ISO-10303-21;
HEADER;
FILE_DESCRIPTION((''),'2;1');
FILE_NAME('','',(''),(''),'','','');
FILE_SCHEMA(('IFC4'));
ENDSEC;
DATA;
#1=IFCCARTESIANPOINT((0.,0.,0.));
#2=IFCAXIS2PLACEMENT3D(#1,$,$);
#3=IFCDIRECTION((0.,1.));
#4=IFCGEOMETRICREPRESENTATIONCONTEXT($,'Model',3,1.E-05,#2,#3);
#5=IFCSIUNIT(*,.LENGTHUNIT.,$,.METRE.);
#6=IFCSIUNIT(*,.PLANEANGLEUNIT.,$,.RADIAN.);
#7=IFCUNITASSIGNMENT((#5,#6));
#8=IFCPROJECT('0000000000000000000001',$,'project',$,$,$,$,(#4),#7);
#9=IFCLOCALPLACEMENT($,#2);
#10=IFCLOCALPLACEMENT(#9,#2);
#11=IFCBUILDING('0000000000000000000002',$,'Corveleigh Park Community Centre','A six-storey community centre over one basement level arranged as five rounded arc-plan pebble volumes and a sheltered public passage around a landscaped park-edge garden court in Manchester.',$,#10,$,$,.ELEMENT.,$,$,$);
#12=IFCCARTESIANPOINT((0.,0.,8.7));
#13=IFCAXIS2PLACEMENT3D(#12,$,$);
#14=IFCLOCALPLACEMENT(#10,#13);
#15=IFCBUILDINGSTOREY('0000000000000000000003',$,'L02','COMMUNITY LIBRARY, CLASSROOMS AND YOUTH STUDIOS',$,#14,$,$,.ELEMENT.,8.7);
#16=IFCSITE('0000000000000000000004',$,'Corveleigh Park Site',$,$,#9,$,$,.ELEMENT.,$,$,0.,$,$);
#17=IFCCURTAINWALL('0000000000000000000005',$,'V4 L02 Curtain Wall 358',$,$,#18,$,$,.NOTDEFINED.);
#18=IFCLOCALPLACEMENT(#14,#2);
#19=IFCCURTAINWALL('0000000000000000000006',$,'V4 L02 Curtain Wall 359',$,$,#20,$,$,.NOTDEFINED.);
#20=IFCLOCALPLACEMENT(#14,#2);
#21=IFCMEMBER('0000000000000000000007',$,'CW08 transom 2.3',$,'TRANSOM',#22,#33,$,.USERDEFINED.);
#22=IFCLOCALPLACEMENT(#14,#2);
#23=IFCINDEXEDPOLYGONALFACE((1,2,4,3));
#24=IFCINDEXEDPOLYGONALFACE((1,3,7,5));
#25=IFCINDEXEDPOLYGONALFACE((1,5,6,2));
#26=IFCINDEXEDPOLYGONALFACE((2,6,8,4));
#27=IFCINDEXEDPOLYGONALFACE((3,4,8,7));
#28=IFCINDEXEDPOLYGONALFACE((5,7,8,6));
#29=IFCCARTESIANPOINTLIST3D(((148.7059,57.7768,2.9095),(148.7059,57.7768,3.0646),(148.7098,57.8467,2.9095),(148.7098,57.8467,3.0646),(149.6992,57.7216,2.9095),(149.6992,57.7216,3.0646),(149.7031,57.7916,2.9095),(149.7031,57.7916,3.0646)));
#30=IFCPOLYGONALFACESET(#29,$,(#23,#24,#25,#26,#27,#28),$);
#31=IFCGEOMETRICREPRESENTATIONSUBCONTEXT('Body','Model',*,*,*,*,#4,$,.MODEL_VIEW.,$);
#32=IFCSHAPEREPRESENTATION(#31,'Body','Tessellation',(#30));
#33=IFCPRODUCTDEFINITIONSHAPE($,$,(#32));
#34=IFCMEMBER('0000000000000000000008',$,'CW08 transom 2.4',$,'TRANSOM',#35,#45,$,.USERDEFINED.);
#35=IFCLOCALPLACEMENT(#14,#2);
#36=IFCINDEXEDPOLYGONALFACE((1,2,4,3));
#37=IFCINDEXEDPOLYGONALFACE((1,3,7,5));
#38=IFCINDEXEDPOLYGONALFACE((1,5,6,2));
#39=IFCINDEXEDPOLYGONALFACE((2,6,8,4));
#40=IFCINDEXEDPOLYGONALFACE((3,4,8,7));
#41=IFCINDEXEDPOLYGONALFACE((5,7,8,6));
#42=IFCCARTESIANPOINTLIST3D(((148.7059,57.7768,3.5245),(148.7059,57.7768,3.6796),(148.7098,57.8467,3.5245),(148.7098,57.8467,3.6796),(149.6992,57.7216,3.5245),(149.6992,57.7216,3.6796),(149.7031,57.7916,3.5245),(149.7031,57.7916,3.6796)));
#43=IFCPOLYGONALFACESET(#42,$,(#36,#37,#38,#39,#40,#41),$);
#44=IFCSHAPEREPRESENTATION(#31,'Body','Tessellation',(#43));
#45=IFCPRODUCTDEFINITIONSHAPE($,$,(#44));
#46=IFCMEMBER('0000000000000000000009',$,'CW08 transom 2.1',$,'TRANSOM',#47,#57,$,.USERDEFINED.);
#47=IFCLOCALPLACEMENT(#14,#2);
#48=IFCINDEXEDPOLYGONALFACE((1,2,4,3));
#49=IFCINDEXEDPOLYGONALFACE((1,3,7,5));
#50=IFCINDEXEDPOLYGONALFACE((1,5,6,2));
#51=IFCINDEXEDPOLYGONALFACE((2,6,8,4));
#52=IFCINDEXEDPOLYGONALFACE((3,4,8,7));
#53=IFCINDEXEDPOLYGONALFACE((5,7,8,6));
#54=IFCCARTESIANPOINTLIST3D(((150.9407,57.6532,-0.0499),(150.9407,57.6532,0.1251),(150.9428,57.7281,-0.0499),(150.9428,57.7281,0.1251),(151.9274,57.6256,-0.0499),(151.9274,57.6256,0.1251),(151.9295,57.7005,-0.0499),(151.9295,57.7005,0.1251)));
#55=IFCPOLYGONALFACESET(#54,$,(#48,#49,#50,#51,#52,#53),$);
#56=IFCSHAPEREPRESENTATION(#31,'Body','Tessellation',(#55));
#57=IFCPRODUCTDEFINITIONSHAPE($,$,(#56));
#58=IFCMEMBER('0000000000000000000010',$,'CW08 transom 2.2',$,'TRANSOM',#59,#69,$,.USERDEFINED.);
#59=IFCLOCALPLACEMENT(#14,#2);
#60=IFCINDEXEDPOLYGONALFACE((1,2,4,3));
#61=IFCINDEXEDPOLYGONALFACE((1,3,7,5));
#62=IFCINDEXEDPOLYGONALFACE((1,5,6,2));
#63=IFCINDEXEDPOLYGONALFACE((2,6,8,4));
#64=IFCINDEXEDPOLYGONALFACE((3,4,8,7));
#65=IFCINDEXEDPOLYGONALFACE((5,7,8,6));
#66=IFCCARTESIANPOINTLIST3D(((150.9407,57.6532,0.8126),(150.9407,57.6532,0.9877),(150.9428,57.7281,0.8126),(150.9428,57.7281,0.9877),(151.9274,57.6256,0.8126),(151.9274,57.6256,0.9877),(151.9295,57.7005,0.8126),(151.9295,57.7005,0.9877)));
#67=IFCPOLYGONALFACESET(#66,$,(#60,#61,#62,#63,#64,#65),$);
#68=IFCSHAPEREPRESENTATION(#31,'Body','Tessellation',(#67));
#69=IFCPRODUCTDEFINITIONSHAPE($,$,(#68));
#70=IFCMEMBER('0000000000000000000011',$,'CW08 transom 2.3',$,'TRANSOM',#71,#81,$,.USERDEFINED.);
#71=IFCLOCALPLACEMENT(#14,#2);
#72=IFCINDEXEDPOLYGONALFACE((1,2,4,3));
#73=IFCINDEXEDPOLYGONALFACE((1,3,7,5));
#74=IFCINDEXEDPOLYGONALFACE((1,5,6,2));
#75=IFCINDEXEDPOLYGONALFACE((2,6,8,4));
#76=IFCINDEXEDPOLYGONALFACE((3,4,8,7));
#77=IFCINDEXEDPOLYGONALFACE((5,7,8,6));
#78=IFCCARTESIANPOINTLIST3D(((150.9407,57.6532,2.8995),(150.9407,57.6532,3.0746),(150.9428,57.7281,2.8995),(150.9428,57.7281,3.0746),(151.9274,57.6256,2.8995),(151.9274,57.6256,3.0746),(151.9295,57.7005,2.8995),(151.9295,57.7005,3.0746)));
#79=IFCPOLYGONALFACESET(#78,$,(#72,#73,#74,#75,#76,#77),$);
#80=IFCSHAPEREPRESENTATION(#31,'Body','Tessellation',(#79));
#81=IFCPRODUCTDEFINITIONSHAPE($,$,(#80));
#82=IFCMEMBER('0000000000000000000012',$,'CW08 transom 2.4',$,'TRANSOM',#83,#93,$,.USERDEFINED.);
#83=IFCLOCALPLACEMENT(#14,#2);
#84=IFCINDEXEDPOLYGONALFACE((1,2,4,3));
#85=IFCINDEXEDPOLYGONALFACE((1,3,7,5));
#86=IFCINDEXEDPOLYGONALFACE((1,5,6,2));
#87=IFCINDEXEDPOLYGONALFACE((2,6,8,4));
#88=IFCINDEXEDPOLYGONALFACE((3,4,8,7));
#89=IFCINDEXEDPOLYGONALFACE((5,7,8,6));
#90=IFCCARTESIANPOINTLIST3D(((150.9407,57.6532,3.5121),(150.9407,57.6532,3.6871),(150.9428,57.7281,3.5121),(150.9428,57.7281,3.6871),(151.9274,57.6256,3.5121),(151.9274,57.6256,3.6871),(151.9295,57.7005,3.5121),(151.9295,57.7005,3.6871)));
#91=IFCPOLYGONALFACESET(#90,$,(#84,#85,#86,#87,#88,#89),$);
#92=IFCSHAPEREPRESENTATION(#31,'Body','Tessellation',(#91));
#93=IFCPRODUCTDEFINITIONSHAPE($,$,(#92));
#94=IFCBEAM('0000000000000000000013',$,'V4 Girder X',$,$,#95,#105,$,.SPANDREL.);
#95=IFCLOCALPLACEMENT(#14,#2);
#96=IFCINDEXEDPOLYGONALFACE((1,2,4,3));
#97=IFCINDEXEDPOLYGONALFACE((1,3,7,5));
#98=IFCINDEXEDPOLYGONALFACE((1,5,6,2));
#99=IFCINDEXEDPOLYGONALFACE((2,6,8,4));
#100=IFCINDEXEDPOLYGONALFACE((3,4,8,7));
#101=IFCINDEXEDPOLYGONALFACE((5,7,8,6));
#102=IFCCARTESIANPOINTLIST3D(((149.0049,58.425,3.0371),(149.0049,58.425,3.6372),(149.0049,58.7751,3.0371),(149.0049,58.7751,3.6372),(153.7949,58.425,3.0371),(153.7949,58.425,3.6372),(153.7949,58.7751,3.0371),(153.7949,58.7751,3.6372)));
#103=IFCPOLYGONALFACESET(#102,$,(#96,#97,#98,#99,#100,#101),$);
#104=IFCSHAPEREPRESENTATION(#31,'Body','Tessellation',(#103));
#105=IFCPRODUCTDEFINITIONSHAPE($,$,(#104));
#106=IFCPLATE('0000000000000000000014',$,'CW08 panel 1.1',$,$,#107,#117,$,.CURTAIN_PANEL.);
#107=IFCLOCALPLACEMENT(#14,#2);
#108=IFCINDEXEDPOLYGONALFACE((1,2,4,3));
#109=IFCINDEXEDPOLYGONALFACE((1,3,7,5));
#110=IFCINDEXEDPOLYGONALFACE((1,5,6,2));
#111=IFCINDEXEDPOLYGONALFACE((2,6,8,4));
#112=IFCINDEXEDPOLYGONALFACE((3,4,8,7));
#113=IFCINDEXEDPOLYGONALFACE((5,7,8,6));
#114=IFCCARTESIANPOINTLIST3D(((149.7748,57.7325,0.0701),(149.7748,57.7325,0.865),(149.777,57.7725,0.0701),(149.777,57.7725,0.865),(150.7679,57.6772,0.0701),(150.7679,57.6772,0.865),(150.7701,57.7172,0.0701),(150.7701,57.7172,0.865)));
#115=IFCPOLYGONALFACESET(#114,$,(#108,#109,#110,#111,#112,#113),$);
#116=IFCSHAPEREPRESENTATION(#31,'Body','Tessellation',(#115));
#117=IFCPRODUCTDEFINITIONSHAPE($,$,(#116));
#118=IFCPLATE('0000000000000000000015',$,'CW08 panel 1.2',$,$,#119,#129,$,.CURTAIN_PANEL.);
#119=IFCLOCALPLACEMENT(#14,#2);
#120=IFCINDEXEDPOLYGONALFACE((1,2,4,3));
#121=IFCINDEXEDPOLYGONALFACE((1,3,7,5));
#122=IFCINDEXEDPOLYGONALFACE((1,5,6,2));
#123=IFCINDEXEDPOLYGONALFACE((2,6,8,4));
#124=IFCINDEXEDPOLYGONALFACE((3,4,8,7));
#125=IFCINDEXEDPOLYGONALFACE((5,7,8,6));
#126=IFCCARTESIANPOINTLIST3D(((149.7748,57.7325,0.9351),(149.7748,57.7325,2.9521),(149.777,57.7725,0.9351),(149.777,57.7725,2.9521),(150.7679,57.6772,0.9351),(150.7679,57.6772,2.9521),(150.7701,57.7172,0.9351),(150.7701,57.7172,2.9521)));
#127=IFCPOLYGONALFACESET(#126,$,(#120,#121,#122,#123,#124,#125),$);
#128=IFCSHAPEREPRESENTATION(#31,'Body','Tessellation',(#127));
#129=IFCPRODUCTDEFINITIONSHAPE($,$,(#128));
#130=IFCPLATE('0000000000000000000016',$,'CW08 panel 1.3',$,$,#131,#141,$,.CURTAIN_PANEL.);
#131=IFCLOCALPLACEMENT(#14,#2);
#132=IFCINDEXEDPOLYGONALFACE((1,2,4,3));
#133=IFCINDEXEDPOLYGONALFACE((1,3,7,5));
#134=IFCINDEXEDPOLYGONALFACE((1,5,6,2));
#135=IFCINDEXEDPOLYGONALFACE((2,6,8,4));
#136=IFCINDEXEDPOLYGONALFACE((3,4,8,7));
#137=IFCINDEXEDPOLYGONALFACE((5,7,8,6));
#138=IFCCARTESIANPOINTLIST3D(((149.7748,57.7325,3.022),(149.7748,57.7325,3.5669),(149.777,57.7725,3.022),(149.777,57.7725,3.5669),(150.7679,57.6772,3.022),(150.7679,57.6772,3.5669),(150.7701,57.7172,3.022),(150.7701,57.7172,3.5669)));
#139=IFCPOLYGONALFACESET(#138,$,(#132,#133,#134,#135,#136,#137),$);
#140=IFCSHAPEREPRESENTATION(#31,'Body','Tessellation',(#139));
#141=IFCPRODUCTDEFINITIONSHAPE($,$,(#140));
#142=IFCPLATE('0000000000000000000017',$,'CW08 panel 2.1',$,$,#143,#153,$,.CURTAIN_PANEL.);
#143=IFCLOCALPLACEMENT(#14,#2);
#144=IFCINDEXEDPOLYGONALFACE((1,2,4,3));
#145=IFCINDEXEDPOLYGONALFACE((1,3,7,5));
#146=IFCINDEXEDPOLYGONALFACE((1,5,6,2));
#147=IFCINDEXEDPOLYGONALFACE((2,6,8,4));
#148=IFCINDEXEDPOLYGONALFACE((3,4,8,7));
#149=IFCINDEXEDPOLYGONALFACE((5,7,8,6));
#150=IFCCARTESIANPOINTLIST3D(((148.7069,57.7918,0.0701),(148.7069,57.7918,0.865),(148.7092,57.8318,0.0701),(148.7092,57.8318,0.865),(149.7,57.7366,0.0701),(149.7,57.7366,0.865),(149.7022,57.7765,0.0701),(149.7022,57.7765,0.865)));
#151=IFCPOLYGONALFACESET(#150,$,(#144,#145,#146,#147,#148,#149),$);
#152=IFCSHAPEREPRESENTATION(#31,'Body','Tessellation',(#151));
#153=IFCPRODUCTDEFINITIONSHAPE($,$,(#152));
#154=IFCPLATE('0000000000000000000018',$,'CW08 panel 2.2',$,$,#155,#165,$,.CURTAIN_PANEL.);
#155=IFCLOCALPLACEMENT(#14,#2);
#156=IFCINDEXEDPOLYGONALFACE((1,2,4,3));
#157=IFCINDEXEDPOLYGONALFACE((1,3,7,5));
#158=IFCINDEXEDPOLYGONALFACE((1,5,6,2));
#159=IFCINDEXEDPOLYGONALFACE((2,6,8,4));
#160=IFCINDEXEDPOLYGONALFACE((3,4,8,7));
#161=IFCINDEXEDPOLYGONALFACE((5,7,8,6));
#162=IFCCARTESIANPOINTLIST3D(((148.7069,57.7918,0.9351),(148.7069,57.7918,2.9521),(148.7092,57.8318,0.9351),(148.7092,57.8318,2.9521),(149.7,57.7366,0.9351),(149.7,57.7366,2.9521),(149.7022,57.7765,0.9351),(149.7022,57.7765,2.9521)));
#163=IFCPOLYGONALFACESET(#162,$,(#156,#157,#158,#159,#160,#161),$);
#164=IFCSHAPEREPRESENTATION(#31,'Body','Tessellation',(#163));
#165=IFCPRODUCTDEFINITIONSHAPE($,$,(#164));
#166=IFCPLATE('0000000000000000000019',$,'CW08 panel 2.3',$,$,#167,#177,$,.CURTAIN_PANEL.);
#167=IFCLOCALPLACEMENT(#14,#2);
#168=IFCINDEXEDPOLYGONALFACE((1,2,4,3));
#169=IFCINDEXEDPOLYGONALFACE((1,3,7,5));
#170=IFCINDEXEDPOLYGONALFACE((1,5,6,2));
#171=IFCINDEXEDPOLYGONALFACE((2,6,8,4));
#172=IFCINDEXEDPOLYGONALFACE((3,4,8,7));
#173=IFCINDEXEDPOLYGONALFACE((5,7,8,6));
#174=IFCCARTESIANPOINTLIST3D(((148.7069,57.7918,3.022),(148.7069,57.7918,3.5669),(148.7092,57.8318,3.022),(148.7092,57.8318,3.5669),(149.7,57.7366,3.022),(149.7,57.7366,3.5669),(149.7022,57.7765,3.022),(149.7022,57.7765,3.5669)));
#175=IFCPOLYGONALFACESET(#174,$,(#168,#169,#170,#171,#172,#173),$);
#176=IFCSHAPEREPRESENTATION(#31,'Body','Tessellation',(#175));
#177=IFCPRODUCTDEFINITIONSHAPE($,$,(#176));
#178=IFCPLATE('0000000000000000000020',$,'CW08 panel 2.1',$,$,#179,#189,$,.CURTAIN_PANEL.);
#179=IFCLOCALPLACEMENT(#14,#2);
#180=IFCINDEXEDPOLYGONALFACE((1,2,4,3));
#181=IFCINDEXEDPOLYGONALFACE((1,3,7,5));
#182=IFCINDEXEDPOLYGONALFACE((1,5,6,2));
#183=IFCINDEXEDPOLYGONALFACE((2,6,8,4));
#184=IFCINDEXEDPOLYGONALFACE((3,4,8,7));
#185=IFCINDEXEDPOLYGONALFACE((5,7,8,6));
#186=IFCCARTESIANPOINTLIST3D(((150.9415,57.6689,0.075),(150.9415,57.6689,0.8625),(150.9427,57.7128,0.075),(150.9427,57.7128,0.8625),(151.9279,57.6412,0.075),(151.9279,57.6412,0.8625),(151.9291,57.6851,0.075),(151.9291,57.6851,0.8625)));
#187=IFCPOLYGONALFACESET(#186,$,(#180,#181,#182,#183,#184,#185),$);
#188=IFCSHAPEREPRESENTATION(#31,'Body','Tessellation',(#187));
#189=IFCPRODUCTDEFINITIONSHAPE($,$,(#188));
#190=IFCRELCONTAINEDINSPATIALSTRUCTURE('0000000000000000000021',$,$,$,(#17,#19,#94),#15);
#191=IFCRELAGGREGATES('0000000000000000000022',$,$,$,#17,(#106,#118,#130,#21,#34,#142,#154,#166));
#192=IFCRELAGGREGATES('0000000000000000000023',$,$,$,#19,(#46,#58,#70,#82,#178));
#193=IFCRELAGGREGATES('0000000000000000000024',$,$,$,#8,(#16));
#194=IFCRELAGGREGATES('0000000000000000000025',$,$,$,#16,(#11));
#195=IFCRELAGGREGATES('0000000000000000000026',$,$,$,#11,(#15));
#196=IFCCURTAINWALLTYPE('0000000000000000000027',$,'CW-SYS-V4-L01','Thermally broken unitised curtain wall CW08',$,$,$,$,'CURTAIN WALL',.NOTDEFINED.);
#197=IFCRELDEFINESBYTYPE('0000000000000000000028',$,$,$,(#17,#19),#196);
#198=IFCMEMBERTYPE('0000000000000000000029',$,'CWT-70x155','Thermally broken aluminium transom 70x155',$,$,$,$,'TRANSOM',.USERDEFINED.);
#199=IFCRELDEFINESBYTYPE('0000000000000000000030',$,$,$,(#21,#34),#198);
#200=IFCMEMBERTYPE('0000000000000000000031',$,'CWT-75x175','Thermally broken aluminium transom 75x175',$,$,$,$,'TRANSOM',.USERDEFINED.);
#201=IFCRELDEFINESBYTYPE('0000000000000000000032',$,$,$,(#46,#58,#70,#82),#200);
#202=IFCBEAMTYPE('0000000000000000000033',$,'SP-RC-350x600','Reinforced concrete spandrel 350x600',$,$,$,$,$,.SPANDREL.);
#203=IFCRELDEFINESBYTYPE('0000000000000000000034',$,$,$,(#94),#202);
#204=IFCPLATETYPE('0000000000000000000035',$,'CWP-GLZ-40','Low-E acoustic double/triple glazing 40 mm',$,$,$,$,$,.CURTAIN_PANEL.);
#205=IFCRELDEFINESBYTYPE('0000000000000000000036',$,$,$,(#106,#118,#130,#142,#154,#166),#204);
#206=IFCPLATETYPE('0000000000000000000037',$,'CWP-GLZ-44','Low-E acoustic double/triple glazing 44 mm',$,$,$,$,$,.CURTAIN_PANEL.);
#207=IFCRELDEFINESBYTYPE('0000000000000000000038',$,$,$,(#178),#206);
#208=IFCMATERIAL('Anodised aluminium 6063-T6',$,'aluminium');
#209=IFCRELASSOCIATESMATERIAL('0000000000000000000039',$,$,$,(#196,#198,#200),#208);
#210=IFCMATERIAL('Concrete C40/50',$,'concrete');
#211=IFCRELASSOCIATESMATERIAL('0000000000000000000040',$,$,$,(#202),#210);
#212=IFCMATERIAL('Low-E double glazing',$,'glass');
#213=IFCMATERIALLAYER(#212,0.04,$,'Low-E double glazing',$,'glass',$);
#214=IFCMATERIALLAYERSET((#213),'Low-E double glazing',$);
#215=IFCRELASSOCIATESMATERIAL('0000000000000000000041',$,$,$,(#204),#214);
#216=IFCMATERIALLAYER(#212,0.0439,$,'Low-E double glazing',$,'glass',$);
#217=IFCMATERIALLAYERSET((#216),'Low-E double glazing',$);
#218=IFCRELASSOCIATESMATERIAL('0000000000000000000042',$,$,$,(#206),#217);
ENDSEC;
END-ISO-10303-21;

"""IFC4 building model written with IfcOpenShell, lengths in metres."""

from ifc_helpers import new_model, si_unit, direction, frame, origin, origin_2d, place, context, subcontext, project, spatial, rectangle, extrude, material, layer, layer_set, material_profile, profile_set, type_object, element, aggregate, save


model = new_model("IFC4")

# Units and contexts
model_context = context("Model", 3, precision=1e-05, world=origin(), true_north=direction((0.0, 1.0)))
body_context = subcontext(model_context, "Body", "Model", "MODEL_VIEW")
ifc_project = project(units=[si_unit("LENGTHUNIT", "METRE"), si_unit("PLANEANGLEUNIT", "RADIAN")], contexts=[model_context])

# Site, building, storey
site_placement = place(None, origin())
site = spatial("IfcSite", under=ifc_project, at=site_placement, Name="Corveleigh Park Site", CompositionType="ELEMENT", RefElevation=0.0)
building_placement = place(site_placement, origin())
building = spatial("IfcBuilding", under=site, at=building_placement, Name="Corveleigh Park Community Centre", Description="A six-storey community centre over one basement level arranged as five rounded arc-plan pebble volumes and a sheltered public passage around a landscaped park-edge garden court in Manchester.", CompositionType="ELEMENT")
storey_placement = place(building_placement, frame((0.0, 0.0, 8.7)))
storey = spatial("IfcBuildingStorey", under=building, at=storey_placement, Name="L02", Description="COMMUNITY LIBRARY, CLASSROOMS AND YOUTH STUDIOS", CompositionType="ELEMENT", Elevation=8.7)

# Shared definitions
ifc_material_1 = material(Name="Concrete C40/50", Category="concrete")

# Curtain wall
ifc_material_2 = material(Name="Anodised aluminium 6063-T6", Category="aluminium")
curtain_wall_type = type_object("IfcCurtainWallType", Name="CW-SYS-V4-L01", Description="Thermally broken unitised curtain wall CW08", ElementType="CURTAIN WALL", PredefinedType="NOTDEFINED", material=ifc_material_2)
curtain_wall_1_placement = place(storey_placement, origin())
curtain_wall_1 = element("IfcCurtainWall", 1, at=curtain_wall_1_placement, inside=storey, type_object=curtain_wall_type, Name="V4 L02 Curtain Wall 358", PredefinedType="NOTDEFINED")

# Curtain wall
curtain_wall_2_placement = place(storey_placement, origin())
curtain_wall_2 = element("IfcCurtainWall", 2, at=curtain_wall_2_placement, inside=storey, type_object=curtain_wall_type, Name="V4 L02 Curtain Wall 359", PredefinedType="NOTDEFINED")

# Members
ifc_material_profile_1 = material_profile(ifc_material_2, rectangle(XDim=0.0701, YDim=0.155, at=origin_2d()), Name="ALU-T70x155", Category="aluminium")
ifc_profile_set_1 = profile_set([ifc_material_profile_1], Name="Anodised aluminium 6063-T6")
member_type_1 = type_object("IfcMemberType", Name="CWT-70x155", Description="Thermally broken aluminium transom 70x155", ElementType="TRANSOM", PredefinedType="USERDEFINED", material=ifc_profile_set_1)
member_1_placement = place(storey_placement, frame((149.7012, 57.7566, 2.9871), z_axis=(-0.998461, 0.055456, 0.0), x_axis=(-0.055456, -0.998461, 0.0)))
member_1 = element("IfcMember", 3, at=member_1_placement, type_object=member_type_1, Name="CW08 transom 2.3", ObjectType="TRANSOM", PredefinedType="USERDEFINED", context=body_context, shape_type="SweptSolid", body=[
    extrude(rectangle(XDim=0.0701, YDim=0.155, at=origin_2d()), origin(), (0.0, 0.0, 1.0), 0.9949),
])
member_2_placement = place(storey_placement, frame((149.7012, 57.7566, 3.6021), z_axis=(-0.998461, 0.055456, 0.0), x_axis=(-0.055456, -0.998461, 0.0)))
member_2 = element("IfcMember", 4, at=member_2_placement, type_object=member_type_1, Name="CW08 transom 2.4", ObjectType="TRANSOM", PredefinedType="USERDEFINED", context=body_context, shape_type="SweptSolid", body=[
    extrude(rectangle(XDim=0.0701, YDim=0.155, at=origin_2d()), origin(), (0.0, 0.0, 1.0), 0.9949),
])
ifc_material_profile_2 = material_profile(ifc_material_2, rectangle(XDim=0.075, YDim=0.175, at=origin_2d()), Name="ALU-T75x175", Category="aluminium")
ifc_profile_set_2 = profile_set([ifc_material_profile_2], Name="Anodised aluminium 6063-T6")
member_type_2 = type_object("IfcMemberType", Name="CWT-75x175", Description="Thermally broken aluminium transom 75x175", ElementType="TRANSOM", PredefinedType="USERDEFINED", material=ifc_profile_set_2)
member_3_placement = place(storey_placement, frame((151.9285, 57.6631, 0.0376), z_axis=(-0.999609, 0.027952, 0.0), x_axis=(-0.027952, -0.999609, 0.0)))
member_3 = element("IfcMember", 5, at=member_3_placement, type_object=member_type_2, Name="CW08 transom 2.1", ObjectType="TRANSOM", PredefinedType="USERDEFINED", context=body_context, shape_type="SweptSolid", body=[
    extrude(rectangle(XDim=0.075, YDim=0.175, at=origin_2d()), origin(), (0.0, 0.0, 1.0), 0.9871),
])
member_4_placement = place(storey_placement, frame((151.9285, 57.6631, 0.9001), z_axis=(-0.999609, 0.027952, 0.0), x_axis=(-0.027952, -0.999609, 0.0)))
member_4 = element("IfcMember", 6, at=member_4_placement, type_object=member_type_2, Name="CW08 transom 2.2", ObjectType="TRANSOM", PredefinedType="USERDEFINED", context=body_context, shape_type="SweptSolid", body=[
    extrude(rectangle(XDim=0.075, YDim=0.175, at=origin_2d()), origin(), (0.0, 0.0, 1.0), 0.9871),
])
member_5_placement = place(storey_placement, frame((151.9285, 57.6631, 2.9871), z_axis=(-0.999609, 0.027952, 0.0), x_axis=(-0.027952, -0.999609, 0.0)))
member_5 = element("IfcMember", 7, at=member_5_placement, type_object=member_type_2, Name="CW08 transom 2.3", ObjectType="TRANSOM", PredefinedType="USERDEFINED", context=body_context, shape_type="SweptSolid", body=[
    extrude(rectangle(XDim=0.075, YDim=0.175, at=origin_2d()), origin(), (0.0, 0.0, 1.0), 0.9871),
])
member_6_placement = place(storey_placement, frame((151.9285, 57.6631, 3.5996), z_axis=(-0.999609, 0.027952, 0.0), x_axis=(-0.027952, -0.999609, 0.0)))
member_6 = element("IfcMember", 8, at=member_6_placement, type_object=member_type_2, Name="CW08 transom 2.4", ObjectType="TRANSOM", PredefinedType="USERDEFINED", context=body_context, shape_type="SweptSolid", body=[
    extrude(rectangle(XDim=0.075, YDim=0.175, at=origin_2d()), origin(), (0.0, 0.0, 1.0), 0.9871),
])

# Beam
ifc_material_profile_3 = material_profile(ifc_material_1, rectangle(XDim=0.3501, YDim=0.6001, at=origin_2d()), Name="RC-350x600", Category="concrete")
ifc_profile_set_3 = profile_set([ifc_material_profile_3], Name="Concrete C40/50")
beam_type_1 = type_object("IfcBeamType", Name="SP-RC-350x600", Description="Reinforced concrete spandrel 350x600", PredefinedType="SPANDREL", material=ifc_profile_set_3)
beam_1_placement = place(storey_placement, frame((149.0049, 58.6001, 3.3372), z_axis=(1.0, 0.0, 0.0), x_axis=(0.0, 1.0, 0.0)))
element("IfcBeam", 9, at=beam_1_placement, inside=storey, type_object=beam_type_1, Name="V4 Girder X", PredefinedType="SPANDREL", context=body_context, shape_type="SweptSolid", body=[
    extrude(rectangle(XDim=0.3501, YDim=0.6001, at=origin_2d()), origin(), (0.0, 0.0, 1.0), 4.79),
])

# Plates
ifc_material_3 = material(Name="Low-E double glazing", Category="glass")
ifc_layer_1 = layer(ifc_material_3, 0.04, Name="Low-E double glazing", Category="glass")
ifc_layer_set_1 = layer_set([ifc_layer_1], Name="Low-E double glazing")
plate_type_1 = type_object("IfcPlateType", Name="CWP-GLZ-40", Description="Low-E acoustic double/triple glazing 40 mm", PredefinedType="CURTAIN_PANEL", material=ifc_layer_set_1)
plate_1_placement = place(storey_placement, frame((150.2725, 57.7249, 0.0701), z_axis=(0.0, 0.0, 1.0), x_axis=(-0.998456, 0.055545, 0.0)))
plate_1 = element("IfcPlate", 10, at=plate_1_placement, type_object=plate_type_1, Name="CW08 panel 1.1", PredefinedType="CURTAIN_PANEL", context=body_context, shape_type="SweptSolid", body=[
    extrude(rectangle(XDim=0.9946, YDim=0.04, at=origin_2d()), origin(), (0.0, 0.0, 1.0), 0.7949),
])
plate_2_placement = place(storey_placement, frame((150.2725, 57.7249, 0.9351), z_axis=(0.0, 0.0, 1.0), x_axis=(-0.998456, 0.055545, 0.0)))
plate_2 = element("IfcPlate", 11, at=plate_2_placement, type_object=plate_type_1, Name="CW08 panel 1.2", PredefinedType="CURTAIN_PANEL", context=body_context, shape_type="SweptSolid", body=[
    extrude(rectangle(XDim=0.9946, YDim=0.04, at=origin_2d()), origin(), (0.0, 0.0, 1.0), 2.0171),
])
plate_3_placement = place(storey_placement, frame((150.2725, 57.7249, 3.022), z_axis=(0.0, 0.0, 1.0), x_axis=(-0.998456, 0.055545, 0.0)))
plate_3 = element("IfcPlate", 12, at=plate_3_placement, type_object=plate_type_1, Name="CW08 panel 1.3", PredefinedType="CURTAIN_PANEL", context=body_context, shape_type="SweptSolid", body=[
    extrude(rectangle(XDim=0.9946, YDim=0.04, at=origin_2d()), origin(), (0.0, 0.0, 1.0), 0.5449),
])
plate_4_placement = place(storey_placement, frame((149.2046, 57.7842, 0.0701), z_axis=(0.0, 0.0, 1.0), x_axis=(-0.998456, 0.055545, 0.0)))
plate_4 = element("IfcPlate", 13, at=plate_4_placement, type_object=plate_type_1, Name="CW08 panel 2.1", PredefinedType="CURTAIN_PANEL", context=body_context, shape_type="SweptSolid", body=[
    extrude(rectangle(XDim=0.9946, YDim=0.04, at=origin_2d()), origin(), (0.0, 0.0, 1.0), 0.7949),
])
plate_5_placement = place(storey_placement, frame((149.2046, 57.7842, 0.9351), z_axis=(0.0, 0.0, 1.0), x_axis=(-0.998456, 0.055545, 0.0)))
plate_5 = element("IfcPlate", 14, at=plate_5_placement, type_object=plate_type_1, Name="CW08 panel 2.2", PredefinedType="CURTAIN_PANEL", context=body_context, shape_type="SweptSolid", body=[
    extrude(rectangle(XDim=0.9946, YDim=0.04, at=origin_2d()), origin(), (0.0, 0.0, 1.0), 2.0171),
])
plate_6_placement = place(storey_placement, frame((149.2046, 57.7842, 3.022), z_axis=(0.0, 0.0, 1.0), x_axis=(-0.998456, 0.055545, 0.0)))
plate_6 = element("IfcPlate", 15, at=plate_6_placement, type_object=plate_type_1, Name="CW08 panel 2.3", PredefinedType="CURTAIN_PANEL", context=body_context, shape_type="SweptSolid", body=[
    extrude(rectangle(XDim=0.9946, YDim=0.04, at=origin_2d()), origin(), (0.0, 0.0, 1.0), 0.5449),
])
aggregate(curtain_wall_1, [plate_1, plate_2, plate_3, member_1, member_2, plate_4, plate_5, plate_6])
ifc_layer_2 = layer(ifc_material_3, 0.0439, Name="Low-E double glazing", Category="glass")
ifc_layer_set_2 = layer_set([ifc_layer_2], Name="Low-E double glazing")
plate_type_2 = type_object("IfcPlateType", Name="CWP-GLZ-44", Description="Low-E acoustic double/triple glazing 44 mm", PredefinedType="CURTAIN_PANEL", material=ifc_layer_set_2)
plate_7_placement = place(storey_placement, frame((151.4353, 57.677, 0.075), z_axis=(0.0, 0.0, 1.0), x_axis=(-0.999608, 0.028005, 0.0)))
plate_7 = element("IfcPlate", 16, at=plate_7_placement, type_object=plate_type_2, Name="CW08 panel 2.1", PredefinedType="CURTAIN_PANEL", context=body_context, shape_type="SweptSolid", body=[
    extrude(rectangle(XDim=0.9868, YDim=0.0439, at=origin_2d()), origin(), (0.0, 0.0, 1.0), 0.7876),
])
aggregate(curtain_wall_2, [member_3, member_4, member_5, member_6, plate_7])

save(model, "model.ifc")
